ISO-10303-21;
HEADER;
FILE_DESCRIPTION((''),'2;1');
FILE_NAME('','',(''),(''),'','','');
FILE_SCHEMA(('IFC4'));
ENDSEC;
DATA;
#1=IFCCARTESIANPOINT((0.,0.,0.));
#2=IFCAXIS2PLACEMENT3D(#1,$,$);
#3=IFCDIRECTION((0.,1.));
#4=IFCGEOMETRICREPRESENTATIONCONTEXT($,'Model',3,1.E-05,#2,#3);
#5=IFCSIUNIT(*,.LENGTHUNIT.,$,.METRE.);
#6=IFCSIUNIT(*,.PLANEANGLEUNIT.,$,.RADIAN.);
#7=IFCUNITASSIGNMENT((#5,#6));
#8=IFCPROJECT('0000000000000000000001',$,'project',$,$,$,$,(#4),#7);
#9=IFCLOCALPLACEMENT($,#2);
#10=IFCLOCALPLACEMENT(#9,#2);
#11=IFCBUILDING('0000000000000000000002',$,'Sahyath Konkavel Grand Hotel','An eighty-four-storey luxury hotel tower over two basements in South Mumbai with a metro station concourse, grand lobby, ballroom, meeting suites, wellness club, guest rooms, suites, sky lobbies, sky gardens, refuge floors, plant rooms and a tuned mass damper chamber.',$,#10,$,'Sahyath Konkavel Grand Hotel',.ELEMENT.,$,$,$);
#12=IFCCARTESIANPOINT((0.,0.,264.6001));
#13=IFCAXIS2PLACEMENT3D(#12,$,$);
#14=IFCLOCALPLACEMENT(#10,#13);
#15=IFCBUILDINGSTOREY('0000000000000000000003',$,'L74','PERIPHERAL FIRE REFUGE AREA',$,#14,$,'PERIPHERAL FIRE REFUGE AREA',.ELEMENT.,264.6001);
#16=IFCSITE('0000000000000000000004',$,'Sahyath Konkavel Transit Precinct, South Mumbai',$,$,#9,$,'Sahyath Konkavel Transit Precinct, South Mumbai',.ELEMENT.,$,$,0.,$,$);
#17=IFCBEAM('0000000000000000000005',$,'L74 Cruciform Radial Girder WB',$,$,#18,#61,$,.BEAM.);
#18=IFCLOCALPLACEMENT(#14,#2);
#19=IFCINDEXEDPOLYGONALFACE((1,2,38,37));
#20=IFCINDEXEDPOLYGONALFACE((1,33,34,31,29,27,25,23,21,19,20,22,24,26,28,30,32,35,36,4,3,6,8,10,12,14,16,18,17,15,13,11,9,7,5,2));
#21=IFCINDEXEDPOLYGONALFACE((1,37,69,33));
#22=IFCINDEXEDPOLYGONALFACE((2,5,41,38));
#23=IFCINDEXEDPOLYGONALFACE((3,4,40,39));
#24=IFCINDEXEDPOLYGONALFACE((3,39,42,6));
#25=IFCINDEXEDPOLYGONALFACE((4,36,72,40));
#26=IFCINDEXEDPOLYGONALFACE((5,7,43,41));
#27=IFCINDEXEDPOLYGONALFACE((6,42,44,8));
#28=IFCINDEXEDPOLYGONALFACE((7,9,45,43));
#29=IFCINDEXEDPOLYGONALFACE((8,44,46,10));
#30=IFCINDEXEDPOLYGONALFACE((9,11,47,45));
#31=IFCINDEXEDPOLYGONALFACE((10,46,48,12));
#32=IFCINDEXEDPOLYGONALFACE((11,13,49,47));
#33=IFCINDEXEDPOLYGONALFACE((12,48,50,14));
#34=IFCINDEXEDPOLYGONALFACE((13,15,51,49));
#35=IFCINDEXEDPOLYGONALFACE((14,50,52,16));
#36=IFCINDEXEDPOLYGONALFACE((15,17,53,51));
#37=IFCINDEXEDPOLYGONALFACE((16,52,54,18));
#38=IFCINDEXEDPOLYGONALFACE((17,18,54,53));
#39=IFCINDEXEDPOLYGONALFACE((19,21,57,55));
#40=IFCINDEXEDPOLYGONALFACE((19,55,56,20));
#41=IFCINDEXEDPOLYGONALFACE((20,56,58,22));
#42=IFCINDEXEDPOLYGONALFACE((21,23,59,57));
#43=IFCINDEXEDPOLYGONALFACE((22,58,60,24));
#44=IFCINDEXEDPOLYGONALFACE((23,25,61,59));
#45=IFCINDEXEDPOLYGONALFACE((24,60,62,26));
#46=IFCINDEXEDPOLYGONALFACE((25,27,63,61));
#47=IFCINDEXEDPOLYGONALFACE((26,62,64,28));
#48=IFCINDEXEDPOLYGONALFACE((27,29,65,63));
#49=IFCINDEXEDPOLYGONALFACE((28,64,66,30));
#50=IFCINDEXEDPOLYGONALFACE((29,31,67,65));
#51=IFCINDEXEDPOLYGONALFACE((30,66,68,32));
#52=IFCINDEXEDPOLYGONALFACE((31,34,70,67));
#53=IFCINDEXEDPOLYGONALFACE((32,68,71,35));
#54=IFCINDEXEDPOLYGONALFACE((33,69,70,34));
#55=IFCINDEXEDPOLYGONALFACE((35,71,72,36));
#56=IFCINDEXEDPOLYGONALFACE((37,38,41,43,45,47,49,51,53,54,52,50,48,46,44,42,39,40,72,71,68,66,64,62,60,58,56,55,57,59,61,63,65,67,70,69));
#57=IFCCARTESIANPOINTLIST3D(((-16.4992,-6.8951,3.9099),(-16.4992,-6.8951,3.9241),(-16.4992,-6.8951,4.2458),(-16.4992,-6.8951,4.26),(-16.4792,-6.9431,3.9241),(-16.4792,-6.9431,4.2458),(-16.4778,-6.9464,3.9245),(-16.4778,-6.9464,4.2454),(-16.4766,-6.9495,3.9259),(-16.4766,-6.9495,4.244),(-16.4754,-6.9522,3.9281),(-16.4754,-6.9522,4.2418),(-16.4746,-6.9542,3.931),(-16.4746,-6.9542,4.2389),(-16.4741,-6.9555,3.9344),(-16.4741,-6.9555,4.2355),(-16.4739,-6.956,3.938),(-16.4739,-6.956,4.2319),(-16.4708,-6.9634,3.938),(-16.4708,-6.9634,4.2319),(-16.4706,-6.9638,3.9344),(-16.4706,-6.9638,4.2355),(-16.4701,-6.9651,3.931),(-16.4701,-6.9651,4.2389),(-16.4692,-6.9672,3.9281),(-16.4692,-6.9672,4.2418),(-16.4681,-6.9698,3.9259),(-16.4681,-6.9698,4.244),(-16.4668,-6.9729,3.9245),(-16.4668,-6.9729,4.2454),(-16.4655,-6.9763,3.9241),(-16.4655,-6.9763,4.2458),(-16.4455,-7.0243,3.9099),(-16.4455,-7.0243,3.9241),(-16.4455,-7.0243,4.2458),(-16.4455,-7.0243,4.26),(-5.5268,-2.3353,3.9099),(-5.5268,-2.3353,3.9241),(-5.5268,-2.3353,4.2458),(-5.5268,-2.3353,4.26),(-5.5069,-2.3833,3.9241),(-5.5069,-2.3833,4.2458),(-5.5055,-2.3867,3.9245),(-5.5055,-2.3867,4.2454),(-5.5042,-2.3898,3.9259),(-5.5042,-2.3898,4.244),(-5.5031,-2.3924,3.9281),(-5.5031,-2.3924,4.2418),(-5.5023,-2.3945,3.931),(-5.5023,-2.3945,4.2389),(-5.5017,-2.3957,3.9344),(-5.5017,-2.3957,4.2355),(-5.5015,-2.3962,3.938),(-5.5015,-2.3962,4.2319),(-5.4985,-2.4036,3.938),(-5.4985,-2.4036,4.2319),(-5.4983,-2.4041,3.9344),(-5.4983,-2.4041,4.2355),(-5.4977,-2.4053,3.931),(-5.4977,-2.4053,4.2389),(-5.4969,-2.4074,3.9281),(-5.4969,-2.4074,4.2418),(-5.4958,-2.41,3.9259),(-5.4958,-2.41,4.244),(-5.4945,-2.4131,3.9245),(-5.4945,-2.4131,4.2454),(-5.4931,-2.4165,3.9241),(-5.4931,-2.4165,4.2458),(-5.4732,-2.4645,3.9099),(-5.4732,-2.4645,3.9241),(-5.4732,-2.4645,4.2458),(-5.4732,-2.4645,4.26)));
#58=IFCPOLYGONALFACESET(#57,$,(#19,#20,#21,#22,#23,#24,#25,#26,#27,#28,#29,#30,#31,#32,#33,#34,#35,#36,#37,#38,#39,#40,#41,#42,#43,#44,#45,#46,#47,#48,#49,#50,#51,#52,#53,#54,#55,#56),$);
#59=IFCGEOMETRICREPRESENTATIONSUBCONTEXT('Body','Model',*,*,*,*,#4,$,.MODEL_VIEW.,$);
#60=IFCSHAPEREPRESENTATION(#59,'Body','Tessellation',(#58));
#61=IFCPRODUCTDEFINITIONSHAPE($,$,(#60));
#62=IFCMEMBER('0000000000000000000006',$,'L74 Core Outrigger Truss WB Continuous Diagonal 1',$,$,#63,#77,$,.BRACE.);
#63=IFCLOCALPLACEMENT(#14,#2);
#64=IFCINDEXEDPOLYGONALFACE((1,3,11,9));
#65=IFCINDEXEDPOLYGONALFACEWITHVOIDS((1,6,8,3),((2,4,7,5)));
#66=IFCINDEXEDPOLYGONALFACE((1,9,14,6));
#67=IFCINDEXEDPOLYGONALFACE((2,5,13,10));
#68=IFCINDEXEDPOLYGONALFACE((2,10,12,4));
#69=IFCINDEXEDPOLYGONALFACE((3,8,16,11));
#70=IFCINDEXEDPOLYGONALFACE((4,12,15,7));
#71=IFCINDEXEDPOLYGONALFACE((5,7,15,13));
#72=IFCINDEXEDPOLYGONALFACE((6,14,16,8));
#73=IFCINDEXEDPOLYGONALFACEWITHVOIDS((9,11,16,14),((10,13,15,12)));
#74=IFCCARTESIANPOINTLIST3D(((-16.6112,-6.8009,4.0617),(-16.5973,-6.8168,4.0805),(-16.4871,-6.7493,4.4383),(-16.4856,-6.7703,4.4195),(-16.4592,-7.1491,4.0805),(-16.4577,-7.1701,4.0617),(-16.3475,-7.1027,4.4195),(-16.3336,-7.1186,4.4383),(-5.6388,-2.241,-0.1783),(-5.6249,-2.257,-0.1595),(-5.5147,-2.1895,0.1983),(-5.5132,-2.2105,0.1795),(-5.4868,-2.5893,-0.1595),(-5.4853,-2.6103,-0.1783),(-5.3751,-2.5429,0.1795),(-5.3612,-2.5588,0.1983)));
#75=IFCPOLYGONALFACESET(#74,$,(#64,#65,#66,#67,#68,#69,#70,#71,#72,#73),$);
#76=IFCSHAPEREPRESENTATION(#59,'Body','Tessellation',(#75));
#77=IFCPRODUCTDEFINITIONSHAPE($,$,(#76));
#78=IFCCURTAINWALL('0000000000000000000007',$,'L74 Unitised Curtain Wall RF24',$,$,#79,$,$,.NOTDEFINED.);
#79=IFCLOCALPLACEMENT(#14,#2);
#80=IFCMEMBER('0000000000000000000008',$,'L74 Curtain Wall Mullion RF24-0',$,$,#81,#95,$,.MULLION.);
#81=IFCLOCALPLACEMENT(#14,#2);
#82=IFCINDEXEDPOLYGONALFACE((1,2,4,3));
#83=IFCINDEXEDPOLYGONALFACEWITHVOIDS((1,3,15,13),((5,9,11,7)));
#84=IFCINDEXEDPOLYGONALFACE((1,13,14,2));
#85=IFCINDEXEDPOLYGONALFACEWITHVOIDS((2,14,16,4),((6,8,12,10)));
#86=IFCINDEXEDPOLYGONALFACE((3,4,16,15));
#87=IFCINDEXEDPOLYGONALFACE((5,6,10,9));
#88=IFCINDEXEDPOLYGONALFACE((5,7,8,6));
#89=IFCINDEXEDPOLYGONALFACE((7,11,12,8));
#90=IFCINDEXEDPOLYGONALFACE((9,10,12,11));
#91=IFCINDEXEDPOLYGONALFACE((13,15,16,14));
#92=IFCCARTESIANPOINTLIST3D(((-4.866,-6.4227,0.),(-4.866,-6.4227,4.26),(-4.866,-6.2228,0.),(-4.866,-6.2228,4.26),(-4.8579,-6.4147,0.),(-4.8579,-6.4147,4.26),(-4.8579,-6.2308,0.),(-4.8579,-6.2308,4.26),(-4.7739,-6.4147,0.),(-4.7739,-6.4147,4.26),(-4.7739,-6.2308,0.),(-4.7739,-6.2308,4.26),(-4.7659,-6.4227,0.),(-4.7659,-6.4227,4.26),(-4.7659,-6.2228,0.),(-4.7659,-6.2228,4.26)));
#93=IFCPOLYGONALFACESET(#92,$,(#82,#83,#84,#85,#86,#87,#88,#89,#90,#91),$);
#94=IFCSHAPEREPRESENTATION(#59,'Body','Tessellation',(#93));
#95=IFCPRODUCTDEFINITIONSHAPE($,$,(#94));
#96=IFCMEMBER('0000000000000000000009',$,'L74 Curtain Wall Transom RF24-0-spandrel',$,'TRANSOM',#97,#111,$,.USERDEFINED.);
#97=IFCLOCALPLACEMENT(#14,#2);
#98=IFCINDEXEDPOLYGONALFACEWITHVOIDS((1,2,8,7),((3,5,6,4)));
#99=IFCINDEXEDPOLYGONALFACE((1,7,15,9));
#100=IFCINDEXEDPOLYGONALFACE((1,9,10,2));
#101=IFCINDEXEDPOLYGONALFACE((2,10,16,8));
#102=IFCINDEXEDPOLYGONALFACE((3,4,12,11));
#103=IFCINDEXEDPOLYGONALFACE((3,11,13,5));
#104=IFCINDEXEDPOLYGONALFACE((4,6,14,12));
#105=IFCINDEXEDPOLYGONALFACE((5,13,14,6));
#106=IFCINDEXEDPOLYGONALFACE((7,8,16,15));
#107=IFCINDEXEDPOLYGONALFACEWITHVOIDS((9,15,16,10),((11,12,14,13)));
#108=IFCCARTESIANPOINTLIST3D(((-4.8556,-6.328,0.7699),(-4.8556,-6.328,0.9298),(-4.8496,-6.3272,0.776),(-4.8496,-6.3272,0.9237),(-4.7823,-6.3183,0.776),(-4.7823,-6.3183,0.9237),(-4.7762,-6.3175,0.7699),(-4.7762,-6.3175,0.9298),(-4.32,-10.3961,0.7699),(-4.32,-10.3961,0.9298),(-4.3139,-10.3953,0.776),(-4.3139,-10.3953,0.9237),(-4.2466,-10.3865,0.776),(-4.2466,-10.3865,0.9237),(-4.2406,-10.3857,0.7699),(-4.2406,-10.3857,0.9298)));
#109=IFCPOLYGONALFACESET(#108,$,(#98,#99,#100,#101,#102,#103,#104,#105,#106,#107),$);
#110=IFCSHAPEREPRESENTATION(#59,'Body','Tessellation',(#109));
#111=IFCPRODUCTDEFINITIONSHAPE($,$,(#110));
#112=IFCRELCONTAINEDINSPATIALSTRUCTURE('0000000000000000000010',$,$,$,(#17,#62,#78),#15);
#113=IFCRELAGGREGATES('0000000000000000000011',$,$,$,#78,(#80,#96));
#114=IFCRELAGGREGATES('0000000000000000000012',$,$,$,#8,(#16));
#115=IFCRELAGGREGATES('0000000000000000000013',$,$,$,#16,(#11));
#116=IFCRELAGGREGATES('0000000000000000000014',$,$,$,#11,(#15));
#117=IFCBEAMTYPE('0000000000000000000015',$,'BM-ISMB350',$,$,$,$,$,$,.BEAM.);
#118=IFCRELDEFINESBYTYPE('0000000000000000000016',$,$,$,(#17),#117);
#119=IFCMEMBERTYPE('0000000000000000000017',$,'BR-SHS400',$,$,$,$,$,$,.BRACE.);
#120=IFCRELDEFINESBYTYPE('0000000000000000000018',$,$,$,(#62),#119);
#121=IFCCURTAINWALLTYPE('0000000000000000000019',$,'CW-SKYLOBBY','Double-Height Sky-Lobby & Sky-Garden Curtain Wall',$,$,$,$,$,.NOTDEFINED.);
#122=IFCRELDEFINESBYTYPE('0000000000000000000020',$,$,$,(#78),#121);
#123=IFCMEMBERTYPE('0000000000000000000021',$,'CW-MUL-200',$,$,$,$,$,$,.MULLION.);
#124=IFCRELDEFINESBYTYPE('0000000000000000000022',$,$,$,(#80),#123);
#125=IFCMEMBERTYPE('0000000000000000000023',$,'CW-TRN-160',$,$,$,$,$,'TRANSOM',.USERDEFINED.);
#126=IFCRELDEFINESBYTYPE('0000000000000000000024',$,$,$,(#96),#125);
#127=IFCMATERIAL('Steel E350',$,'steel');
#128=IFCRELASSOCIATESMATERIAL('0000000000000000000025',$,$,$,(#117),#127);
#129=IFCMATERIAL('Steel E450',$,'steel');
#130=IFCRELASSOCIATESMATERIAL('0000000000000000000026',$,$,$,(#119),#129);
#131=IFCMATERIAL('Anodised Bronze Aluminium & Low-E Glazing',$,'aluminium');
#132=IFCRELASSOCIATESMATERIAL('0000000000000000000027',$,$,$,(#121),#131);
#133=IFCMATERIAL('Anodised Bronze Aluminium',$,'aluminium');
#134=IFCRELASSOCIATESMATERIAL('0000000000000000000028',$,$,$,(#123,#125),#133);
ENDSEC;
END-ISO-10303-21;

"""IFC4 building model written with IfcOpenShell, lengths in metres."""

from ifc_helpers import new_model, si_unit, direction, frame, origin, origin_2d, place, context, subcontext, project, spatial, hollow_rectangle, i_section, extrude, source, transform, mapped, material, material_profile, profile_set, type_object, element, aggregate, save


model = new_model("IFC4")

# Units and contexts
model_context = context("Model", 3, precision=1e-05, world=origin(), true_north=direction((0.0, 1.0)))
body_context = subcontext(model_context, "Body", "Model", "MODEL_VIEW")
ifc_project = project(units=[si_unit("LENGTHUNIT", "METRE"), si_unit("PLANEANGLEUNIT", "RADIAN")], contexts=[model_context])

# Site, building, storey
site_placement = place(None, origin())
site = spatial("IfcSite", under=ifc_project, at=site_placement, Name="Sahyath Konkavel Transit Precinct, South Mumbai", LongName="Sahyath Konkavel Transit Precinct, South Mumbai", CompositionType="ELEMENT", RefElevation=0.0)
building_placement = place(site_placement, origin())
building = spatial("IfcBuilding", under=site, at=building_placement, Name="Sahyath Konkavel Grand Hotel", Description="An eighty-four-storey luxury hotel tower over two basements in South Mumbai with a metro station concourse, grand lobby, ballroom, meeting suites, wellness club, guest rooms, suites, sky lobbies, sky gardens, refuge floors, plant rooms and a tuned mass damper chamber.", LongName="Sahyath Konkavel Grand Hotel", CompositionType="ELEMENT")
storey_placement = place(building_placement, frame((0.0, 0.0, 264.6001)))
storey = spatial("IfcBuildingStorey", under=building, at=storey_placement, Name="L74", Description="PERIPHERAL FIRE REFUGE AREA", LongName="PERIPHERAL FIRE REFUGE AREA", CompositionType="ELEMENT", Elevation=264.6001)

# Beam
ifc_material_1 = material(Name="Steel E350", Category="steel")
ifc_material_profile_1 = material_profile(ifc_material_1, i_section(OverallWidth=0.1399, OverallDepth=0.3501, WebThickness=0.0081, FlangeThickness=0.0142, FilletRadius=0.0139, at=origin_2d()), Name="ISMB 350")
ifc_profile_set_1 = profile_set([ifc_material_profile_1], Name="Steel E350")
beam_type_1 = type_object("IfcBeamType", Name="BM-ISMB350", PredefinedType="BEAM", material=ifc_profile_set_1)
shared_shape_1 = source(origin(), body_context, "Body", "SweptSolid", [
    extrude(i_section(OverallWidth=0.1399, OverallDepth=0.3501, WebThickness=0.0081, FlangeThickness=0.0142, FilletRadius=0.0139, at=origin_2d()), origin(), (0.0, 0.0, 1.0), 11.8821),
])
beam_1_placement = place(storey_placement, frame((-5.5, -2.3999, 4.085), z_axis=(-0.923436, -0.383753, 0.0), x_axis=(0.383753, -0.923436, 0.0)))
element("IfcBeam", 1, at=beam_1_placement, inside=storey, type_object=beam_type_1, Name="L74 Cruciform Radial Girder WB", PredefinedType="BEAM", context=body_context, shape_type="MappedRepresentation", body=[
    mapped(shared_shape_1, transform((0.0, 0.0, 0.0), scale=1.0)),
])

# Member
ifc_material_2 = material(Name="Steel E450", Category="steel")
ifc_material_profile_2 = material_profile(ifc_material_2, hollow_rectangle(XDim=0.3999, YDim=0.3999, WallThickness=0.02, at=origin_2d()), Name="SHS 400x400x20")
ifc_profile_set_2 = profile_set([ifc_material_profile_2], Name="Steel E450")
member_type_1 = type_object("IfcMemberType", Name="BR-SHS400", PredefinedType="BRACE", material=ifc_profile_set_2)
shared_shape_2 = source(origin(), body_context, "Body", "SweptSolid", [
    extrude(hollow_rectangle(XDim=0.3999, YDim=0.3999, WallThickness=0.02, at=origin_2d()), origin(), (0.0, 0.0, 1.0), 12.616),
])
member_1_placement = place(storey_placement, frame((-5.5, -2.3999, 0.01), z_axis=(-0.869723, -0.361431, 0.336081), x_axis=(0.383753, -0.923436, 0.0)))
element("IfcMember", 2, at=member_1_placement, inside=storey, type_object=member_type_1, Name="L74 Core Outrigger Truss WB Continuous Diagonal 1", PredefinedType="BRACE", context=body_context, shape_type="MappedRepresentation", body=[
    mapped(shared_shape_2, transform((0.0, 0.0, 0.0), scale=1.0)),
])

# Curtain wall, members
ifc_material_3 = material(Name="Anodised Bronze Aluminium & Low-E Glazing", Category="aluminium")
curtain_wall_type = type_object("IfcCurtainWallType", Name="CW-SKYLOBBY", Description="Double-Height Sky-Lobby & Sky-Garden Curtain Wall", PredefinedType="NOTDEFINED", material=ifc_material_3)
curtain_wall_placement = place(storey_placement, origin())
curtain_wall = element("IfcCurtainWall", 3, at=curtain_wall_placement, inside=storey, type_object=curtain_wall_type, Name="L74 Unitised Curtain Wall RF24", PredefinedType="NOTDEFINED")
ifc_material_4 = material(Name="Anodised Bronze Aluminium", Category="aluminium")
ifc_material_profile_3 = material_profile(ifc_material_4, hollow_rectangle(XDim=0.1001, YDim=0.2, WallThickness=0.0081, at=origin_2d()), Name="RHS 200x100x8")
ifc_profile_set_3 = profile_set([ifc_material_profile_3], Name="Anodised Bronze Aluminium")
member_type_2 = type_object("IfcMemberType", Name="CW-MUL-200", PredefinedType="MULLION", material=ifc_profile_set_3)
shared_shape_3 = source(origin(), body_context, "Body", "SweptSolid", [
    extrude(hollow_rectangle(XDim=0.1001, YDim=0.2, WallThickness=0.0081, at=origin_2d()), origin(), (0.0, 0.0, 1.0), 4.26),
])
member_2_placement = place(storey_placement, frame((-4.8159, -6.3228, 0.0), z_axis=(0.0, 0.0, 1.0), x_axis=(1.0, 0.0, 0.0)))
member_2 = element("IfcMember", 4, at=member_2_placement, type_object=member_type_2, Name="L74 Curtain Wall Mullion RF24-0", PredefinedType="MULLION", context=body_context, shape_type="MappedRepresentation", body=[
    mapped(shared_shape_3, transform((0.0, 0.0, 0.0), scale=1.0)),
])
ifc_material_profile_4 = material_profile(ifc_material_4, hollow_rectangle(XDim=0.0801, YDim=0.1599, WallThickness=0.0061, at=origin_2d()), Name="RHS 160x80x6")
ifc_profile_set_4 = profile_set([ifc_material_profile_4], Name="Anodised Bronze Aluminium")
member_type_3 = type_object("IfcMemberType", Name="CW-TRN-160", ElementType="TRANSOM", PredefinedType="USERDEFINED", material=ifc_profile_set_4)
shared_shape_4 = source(origin(), body_context, "Body", "SweptSolid", [
    extrude(hollow_rectangle(XDim=0.0801, YDim=0.1599, WallThickness=0.0061, at=origin_2d()), origin(), (0.0, 0.0, 1.0), 4.1033),
])
member_3_placement = place(storey_placement, frame((-4.8159, -6.3228, 0.8499), z_axis=(0.130542, -0.991443, 0.0), x_axis=(0.991443, 0.130542, 0.0)))
member_3 = element("IfcMember", 5, at=member_3_placement, type_object=member_type_3, Name="L74 Curtain Wall Transom RF24-0-spandrel", ObjectType="TRANSOM", PredefinedType="USERDEFINED", context=body_context, shape_type="MappedRepresentation", body=[
    mapped(shared_shape_4, transform((0.0, 0.0, 0.0), scale=1.0)),
])

aggregate(curtain_wall, [member_2, member_3])

save(model, "model.ifc")
